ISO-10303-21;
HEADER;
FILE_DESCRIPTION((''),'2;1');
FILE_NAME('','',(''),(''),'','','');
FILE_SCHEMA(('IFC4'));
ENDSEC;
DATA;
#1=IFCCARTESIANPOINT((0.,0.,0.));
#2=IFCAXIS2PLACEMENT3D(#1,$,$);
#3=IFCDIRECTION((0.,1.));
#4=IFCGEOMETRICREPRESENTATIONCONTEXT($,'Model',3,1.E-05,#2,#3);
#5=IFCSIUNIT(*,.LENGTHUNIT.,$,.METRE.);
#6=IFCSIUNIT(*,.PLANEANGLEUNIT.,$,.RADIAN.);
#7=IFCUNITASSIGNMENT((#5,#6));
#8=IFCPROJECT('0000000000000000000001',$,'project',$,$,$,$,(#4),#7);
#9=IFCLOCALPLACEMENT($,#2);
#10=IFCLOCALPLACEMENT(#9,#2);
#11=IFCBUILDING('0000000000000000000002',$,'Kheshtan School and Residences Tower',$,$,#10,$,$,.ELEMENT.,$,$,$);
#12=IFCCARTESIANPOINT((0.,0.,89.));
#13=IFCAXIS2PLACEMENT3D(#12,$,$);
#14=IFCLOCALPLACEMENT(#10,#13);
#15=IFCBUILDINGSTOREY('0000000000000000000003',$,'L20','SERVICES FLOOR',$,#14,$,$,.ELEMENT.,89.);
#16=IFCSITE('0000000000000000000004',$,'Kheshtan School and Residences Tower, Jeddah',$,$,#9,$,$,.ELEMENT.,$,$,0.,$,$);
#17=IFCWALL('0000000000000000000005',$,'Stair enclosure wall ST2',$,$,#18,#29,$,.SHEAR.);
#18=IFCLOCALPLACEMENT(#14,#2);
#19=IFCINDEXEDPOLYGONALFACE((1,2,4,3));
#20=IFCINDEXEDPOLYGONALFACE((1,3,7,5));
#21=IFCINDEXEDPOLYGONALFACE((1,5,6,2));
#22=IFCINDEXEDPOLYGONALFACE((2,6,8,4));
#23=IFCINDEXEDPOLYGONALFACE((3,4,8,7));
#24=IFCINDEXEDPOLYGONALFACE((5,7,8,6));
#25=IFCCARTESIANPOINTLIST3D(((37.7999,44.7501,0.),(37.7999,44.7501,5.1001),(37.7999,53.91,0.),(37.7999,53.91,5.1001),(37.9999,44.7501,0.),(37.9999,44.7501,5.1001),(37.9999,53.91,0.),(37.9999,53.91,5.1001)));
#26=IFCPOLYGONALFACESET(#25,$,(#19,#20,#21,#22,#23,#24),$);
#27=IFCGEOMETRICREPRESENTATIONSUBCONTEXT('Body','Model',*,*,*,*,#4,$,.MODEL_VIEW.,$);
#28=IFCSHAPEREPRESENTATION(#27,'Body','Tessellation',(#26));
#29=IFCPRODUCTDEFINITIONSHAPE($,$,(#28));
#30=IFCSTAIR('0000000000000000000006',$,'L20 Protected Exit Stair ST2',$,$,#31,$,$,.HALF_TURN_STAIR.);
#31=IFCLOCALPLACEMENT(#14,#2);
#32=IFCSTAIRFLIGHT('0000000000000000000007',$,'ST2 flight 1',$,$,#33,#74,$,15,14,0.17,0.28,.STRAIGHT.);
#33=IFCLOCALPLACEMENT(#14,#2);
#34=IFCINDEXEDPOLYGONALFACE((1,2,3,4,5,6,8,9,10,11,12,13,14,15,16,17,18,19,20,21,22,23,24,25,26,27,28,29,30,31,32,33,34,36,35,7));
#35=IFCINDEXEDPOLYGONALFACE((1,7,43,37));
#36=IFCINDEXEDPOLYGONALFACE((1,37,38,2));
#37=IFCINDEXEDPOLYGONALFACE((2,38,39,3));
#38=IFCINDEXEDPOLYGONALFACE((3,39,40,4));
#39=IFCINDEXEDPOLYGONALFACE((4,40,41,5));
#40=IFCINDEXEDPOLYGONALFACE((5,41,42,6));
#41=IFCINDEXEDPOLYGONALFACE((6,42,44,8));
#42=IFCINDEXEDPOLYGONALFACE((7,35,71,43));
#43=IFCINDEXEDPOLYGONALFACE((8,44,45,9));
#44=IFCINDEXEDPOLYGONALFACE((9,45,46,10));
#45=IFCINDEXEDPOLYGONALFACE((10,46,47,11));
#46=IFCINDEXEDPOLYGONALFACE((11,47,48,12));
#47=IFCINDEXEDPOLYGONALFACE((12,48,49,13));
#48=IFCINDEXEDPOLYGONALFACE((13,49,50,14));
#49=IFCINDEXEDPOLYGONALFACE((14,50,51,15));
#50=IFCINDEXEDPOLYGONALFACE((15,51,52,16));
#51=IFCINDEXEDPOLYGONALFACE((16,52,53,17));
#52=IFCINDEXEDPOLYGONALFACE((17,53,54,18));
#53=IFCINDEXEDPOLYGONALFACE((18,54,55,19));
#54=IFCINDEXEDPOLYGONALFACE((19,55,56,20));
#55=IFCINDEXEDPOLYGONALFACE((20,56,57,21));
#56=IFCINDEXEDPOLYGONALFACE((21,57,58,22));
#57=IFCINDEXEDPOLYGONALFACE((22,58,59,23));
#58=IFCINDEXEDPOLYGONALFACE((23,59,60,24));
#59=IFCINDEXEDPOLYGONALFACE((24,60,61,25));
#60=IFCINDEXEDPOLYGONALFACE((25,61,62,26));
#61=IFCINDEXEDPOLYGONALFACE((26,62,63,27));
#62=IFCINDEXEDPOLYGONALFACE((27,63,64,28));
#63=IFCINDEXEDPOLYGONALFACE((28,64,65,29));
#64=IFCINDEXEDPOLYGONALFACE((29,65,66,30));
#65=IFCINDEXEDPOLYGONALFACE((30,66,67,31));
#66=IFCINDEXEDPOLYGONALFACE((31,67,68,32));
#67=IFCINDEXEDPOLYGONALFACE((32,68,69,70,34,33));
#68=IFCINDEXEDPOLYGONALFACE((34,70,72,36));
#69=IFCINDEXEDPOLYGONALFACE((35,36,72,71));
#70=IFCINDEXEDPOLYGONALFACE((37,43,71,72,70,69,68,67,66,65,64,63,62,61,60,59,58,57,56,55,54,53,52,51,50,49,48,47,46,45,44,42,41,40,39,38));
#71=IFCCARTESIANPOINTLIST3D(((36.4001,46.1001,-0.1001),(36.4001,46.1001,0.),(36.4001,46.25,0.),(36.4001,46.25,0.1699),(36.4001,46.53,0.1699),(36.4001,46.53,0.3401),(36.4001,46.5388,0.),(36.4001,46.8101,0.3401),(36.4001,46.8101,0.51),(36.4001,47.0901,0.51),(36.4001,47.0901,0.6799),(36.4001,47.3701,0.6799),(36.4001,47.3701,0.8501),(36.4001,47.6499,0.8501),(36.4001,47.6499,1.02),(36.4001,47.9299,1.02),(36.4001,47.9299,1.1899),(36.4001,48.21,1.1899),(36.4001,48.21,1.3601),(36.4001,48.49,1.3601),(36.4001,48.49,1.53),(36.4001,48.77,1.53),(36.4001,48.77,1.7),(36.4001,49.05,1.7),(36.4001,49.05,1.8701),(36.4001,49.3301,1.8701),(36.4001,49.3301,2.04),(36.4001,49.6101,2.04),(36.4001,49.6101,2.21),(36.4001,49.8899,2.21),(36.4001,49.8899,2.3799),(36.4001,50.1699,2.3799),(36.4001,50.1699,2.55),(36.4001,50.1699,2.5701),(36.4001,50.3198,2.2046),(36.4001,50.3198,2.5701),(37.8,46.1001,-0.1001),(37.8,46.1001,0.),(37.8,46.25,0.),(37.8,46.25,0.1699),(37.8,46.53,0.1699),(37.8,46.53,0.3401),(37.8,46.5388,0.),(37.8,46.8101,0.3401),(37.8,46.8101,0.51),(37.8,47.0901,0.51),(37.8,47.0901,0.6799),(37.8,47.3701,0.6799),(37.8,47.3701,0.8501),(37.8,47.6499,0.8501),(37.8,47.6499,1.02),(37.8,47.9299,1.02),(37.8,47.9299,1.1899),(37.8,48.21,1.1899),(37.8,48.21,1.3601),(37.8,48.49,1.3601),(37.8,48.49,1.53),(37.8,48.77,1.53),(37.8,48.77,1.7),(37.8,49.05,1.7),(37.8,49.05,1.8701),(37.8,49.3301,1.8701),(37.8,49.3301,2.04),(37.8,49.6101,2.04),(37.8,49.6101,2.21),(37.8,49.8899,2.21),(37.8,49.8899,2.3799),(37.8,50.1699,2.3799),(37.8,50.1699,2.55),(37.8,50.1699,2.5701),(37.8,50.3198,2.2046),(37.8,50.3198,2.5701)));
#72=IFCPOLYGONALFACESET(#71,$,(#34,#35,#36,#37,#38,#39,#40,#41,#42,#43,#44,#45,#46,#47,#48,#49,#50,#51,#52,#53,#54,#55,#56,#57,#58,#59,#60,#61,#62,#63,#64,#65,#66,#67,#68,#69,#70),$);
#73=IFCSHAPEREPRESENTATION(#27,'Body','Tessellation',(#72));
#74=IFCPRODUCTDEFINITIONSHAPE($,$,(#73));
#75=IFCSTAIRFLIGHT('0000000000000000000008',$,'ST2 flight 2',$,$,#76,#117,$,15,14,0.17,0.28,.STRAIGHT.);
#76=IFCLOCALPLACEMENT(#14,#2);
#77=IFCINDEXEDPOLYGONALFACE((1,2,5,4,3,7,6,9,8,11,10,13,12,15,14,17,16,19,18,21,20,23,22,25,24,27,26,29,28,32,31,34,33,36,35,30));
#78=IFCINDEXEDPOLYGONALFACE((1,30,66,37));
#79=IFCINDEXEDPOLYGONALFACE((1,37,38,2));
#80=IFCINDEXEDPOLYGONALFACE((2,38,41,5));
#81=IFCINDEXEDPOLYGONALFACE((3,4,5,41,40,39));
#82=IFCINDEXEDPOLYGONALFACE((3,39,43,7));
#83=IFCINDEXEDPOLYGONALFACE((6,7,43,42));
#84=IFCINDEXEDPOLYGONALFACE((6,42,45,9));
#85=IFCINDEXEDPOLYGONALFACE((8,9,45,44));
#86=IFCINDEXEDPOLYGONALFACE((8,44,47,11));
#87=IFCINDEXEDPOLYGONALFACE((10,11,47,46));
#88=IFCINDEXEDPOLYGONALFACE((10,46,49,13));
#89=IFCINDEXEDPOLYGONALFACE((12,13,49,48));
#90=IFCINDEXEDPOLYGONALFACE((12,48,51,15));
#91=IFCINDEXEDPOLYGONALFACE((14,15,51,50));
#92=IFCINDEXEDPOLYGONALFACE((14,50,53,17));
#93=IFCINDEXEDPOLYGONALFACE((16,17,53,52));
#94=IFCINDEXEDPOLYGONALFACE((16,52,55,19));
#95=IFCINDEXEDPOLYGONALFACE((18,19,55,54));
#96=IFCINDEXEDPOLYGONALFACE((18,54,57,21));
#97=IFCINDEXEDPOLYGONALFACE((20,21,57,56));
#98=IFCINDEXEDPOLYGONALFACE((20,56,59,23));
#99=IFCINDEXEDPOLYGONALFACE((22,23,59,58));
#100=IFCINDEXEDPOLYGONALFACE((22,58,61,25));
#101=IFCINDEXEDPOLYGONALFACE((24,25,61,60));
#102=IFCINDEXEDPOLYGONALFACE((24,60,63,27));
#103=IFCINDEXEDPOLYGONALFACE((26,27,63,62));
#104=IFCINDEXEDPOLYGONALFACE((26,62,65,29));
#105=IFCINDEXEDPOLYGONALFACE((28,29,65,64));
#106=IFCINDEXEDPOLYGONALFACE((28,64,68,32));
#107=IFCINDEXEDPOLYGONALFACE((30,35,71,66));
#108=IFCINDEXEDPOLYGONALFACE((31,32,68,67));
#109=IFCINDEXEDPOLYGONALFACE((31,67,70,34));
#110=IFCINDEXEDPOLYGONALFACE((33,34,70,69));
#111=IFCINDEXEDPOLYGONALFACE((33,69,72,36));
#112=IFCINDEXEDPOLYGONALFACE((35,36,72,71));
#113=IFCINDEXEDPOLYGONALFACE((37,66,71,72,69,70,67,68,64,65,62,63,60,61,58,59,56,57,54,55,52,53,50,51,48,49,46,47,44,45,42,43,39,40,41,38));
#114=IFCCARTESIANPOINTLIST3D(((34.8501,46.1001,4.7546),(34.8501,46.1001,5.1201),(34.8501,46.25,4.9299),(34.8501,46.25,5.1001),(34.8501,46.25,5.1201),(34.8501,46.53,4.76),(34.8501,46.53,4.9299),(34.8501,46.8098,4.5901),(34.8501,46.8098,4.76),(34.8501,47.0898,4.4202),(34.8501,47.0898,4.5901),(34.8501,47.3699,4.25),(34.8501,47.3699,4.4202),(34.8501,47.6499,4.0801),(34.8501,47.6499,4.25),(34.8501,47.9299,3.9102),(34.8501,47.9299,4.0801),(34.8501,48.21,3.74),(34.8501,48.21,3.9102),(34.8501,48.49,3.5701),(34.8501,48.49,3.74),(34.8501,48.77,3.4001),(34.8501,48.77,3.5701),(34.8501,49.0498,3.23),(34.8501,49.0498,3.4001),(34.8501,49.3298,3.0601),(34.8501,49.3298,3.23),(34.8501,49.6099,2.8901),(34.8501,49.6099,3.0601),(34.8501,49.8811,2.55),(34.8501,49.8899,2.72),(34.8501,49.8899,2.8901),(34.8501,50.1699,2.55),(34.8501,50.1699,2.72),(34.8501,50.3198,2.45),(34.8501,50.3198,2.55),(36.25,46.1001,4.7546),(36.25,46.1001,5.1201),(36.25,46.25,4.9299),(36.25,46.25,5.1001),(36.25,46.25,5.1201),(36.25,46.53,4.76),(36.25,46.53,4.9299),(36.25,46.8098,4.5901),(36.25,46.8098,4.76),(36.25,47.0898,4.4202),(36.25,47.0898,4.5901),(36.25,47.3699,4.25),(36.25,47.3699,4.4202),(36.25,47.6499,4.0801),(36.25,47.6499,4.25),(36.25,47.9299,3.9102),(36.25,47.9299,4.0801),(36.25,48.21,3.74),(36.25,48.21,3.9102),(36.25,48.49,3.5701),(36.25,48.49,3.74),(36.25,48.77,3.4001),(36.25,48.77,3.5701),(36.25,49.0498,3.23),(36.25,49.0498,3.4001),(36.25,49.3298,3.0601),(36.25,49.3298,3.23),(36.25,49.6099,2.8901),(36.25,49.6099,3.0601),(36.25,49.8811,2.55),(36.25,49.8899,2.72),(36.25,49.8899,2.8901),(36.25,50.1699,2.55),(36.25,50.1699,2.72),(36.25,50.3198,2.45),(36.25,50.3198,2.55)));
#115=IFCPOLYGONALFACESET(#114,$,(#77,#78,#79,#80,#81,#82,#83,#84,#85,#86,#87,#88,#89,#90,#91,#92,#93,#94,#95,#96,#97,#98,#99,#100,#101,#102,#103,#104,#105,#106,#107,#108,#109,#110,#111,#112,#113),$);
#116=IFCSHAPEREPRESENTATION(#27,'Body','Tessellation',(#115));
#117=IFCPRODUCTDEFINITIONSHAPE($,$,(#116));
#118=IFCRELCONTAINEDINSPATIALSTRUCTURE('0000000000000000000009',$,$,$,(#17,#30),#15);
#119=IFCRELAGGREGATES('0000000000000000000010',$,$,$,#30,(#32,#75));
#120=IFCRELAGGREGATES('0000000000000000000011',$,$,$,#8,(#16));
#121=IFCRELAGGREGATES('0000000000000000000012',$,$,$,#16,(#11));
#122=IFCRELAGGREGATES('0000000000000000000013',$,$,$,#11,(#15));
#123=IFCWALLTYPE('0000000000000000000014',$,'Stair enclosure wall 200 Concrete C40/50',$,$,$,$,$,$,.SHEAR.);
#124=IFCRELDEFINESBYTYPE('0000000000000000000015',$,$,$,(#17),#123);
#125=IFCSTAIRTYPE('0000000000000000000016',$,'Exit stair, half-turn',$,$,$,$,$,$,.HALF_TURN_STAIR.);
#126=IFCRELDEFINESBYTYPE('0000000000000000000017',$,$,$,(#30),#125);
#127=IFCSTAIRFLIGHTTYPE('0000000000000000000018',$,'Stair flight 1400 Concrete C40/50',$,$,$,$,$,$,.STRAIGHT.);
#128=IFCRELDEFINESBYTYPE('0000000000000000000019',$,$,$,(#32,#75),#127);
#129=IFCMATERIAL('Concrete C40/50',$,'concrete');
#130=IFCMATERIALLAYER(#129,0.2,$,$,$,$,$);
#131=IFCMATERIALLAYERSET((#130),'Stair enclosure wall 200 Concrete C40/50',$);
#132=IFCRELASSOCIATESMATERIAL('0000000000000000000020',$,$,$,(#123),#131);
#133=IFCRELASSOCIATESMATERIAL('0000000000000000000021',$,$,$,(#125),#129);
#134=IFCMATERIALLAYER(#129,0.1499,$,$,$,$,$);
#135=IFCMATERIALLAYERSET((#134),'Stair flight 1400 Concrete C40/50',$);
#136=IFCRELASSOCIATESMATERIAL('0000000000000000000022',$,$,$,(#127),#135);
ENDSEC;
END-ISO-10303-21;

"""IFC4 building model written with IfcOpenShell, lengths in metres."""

from ifc_helpers import new_model, si_unit, direction, frame, frame_2d, origin, place, context, subcontext, project, spatial, polyline, rectangle, outline, extrude, material, layer, layer_set, type_object, element, aggregate, save


model = new_model("IFC4")

# Units and contexts
model_context = context("Model", 3, precision=1e-05, world=origin(), true_north=direction((0.0, 1.0)))
body_context = subcontext(model_context, "Body", "Model", "MODEL_VIEW")
ifc_project = project(units=[si_unit("LENGTHUNIT", "METRE"), si_unit("PLANEANGLEUNIT", "RADIAN")], contexts=[model_context])

# Site, building, storey
site_placement = place(None, origin())
site = spatial("IfcSite", under=ifc_project, at=site_placement, Name="Kheshtan School and Residences Tower, Jeddah", CompositionType="ELEMENT", RefElevation=0.0)
building_placement = place(site_placement, origin())
building = spatial("IfcBuilding", under=site, at=building_placement, Name="Kheshtan School and Residences Tower", CompositionType="ELEMENT")
storey_placement = place(building_placement, frame((0.0, 0.0, 89.0)))
storey = spatial("IfcBuildingStorey", under=building, at=storey_placement, Name="L20", Description="SERVICES FLOOR", CompositionType="ELEMENT", Elevation=89.0)

# Wall
ifc_material_1 = material(Name="Concrete C40/50", Category="concrete")
ifc_layer_1 = layer(ifc_material_1, 0.2)
ifc_layer_set_1 = layer_set([ifc_layer_1], Name="Stair enclosure wall 200 Concrete C40/50")
wall_type_1 = type_object("IfcWallType", Name="Stair enclosure wall 200 Concrete C40/50", PredefinedType="SHEAR", material=ifc_layer_set_1)
wall_1_placement = place(storey_placement, frame((37.8999, 44.75, 0.0), z_axis=(0.0, 0.0, 1.0), x_axis=(0.0, 1.0, 0.0)))
element("IfcWall", 1, at=wall_1_placement, inside=storey, type_object=wall_type_1, Name="Stair enclosure wall ST2", PredefinedType="SHEAR", context=body_context, shape_type="SweptSolid", body=[
    extrude(rectangle(XDim=9.1599, YDim=0.2, at=frame_2d((4.5801, 0.0))), origin(), (0.0, 0.0, 1.0), 5.1001),
])

# Stair, stair flights
stair_type = type_object("IfcStairType", Name="Exit stair, half-turn", PredefinedType="HALF_TURN_STAIR", material=ifc_material_1)
stair_placement = place(storey_placement, origin())
stair = element("IfcStair", 2, at=stair_placement, inside=storey, type_object=stair_type, Name="L20 Protected Exit Stair ST2", PredefinedType="HALF_TURN_STAIR")
ifc_layer_2 = layer(ifc_material_1, 0.1499)
ifc_layer_set_2 = layer_set([ifc_layer_2], Name="Stair flight 1400 Concrete C40/50")
stair_flight_type = type_object("IfcStairFlightType", Name="Stair flight 1400 Concrete C40/50", PredefinedType="STRAIGHT", material=ifc_layer_set_2)
stair_flight_1_placement = place(storey_placement, frame((37.1001, 46.25, 0.0), z_axis=(0.0, 0.0, 1.0), x_axis=(0.0, 1.0, 0.0)))
stair_flight_1 = element("IfcStairFlight", 3, at=stair_flight_1_placement, type_object=stair_flight_type, Name="ST2 flight 1", NumberOfRisers=15, NumberOfTreads=14, PredefinedType="STRAIGHT", RiserHeight=0.17, TreadLength=0.28, context=body_context, shape_type="SweptSolid", body=[
    extrude(outline(polyline([(-0.1499, -0.1001), (-0.1499, 0.0), (0.0, 0.0), (0.0, 0.1699), (0.28, 0.1699), (0.28, 0.3401), (0.5601, 0.3401), (0.5601, 0.51), (0.8401, 0.51), (0.8401, 0.6799), (1.1201, 0.6799), (1.1201, 0.8501), (1.3999, 0.8501), (1.3999, 1.02), (1.6799, 1.02), (1.6799, 1.1899), (1.96, 1.1899), (1.96, 1.3601), (2.24, 1.3601), (2.24, 1.53), (2.52, 1.53), (2.52, 1.7), (2.8, 1.7), (2.8, 1.8701), (3.0801, 1.8701), (3.0801, 2.04), (3.3601, 2.04), (3.3601, 2.21), (3.6399, 2.21), (3.6399, 2.3799), (3.9199, 2.3799), (3.9199, 2.55), (3.9199, 2.5701), (4.0698, 2.5701), (4.0698, 2.2046), (0.2888, 0.0), (-0.1499, -0.1001)])), frame((0.0, 0.7, 0.0), z_axis=(0.0, -1.0, 0.0), x_axis=(1.0, 0.0, 0.0)), (0.0, 0.0, 1.0), 1.3999),
])
stair_flight_2_placement = place(storey_placement, frame((35.55, 50.1699, 2.55), z_axis=(0.0, 0.0, 1.0), x_axis=(0.0, -1.0, 0.0)))
stair_flight_2 = element("IfcStairFlight", 4, at=stair_flight_2_placement, type_object=stair_flight_type, Name="ST2 flight 2", NumberOfRisers=15, NumberOfTreads=14, PredefinedType="STRAIGHT", RiserHeight=0.17, TreadLength=0.28, context=body_context, shape_type="SweptSolid", body=[
    extrude(outline(polyline([(-0.1499, -0.1001), (-0.1499, 0.0), (0.0, 0.0), (0.0, 0.1699), (0.28, 0.1699), (0.28, 0.3401), (0.5601, 0.3401), (0.5601, 0.51), (0.8401, 0.51), (0.8401, 0.6799), (1.1201, 0.6799), (1.1201, 0.8501), (1.3999, 0.8501), (1.3999, 1.02), (1.6799, 1.02), (1.6799, 1.1899), (1.96, 1.1899), (1.96, 1.3601), (2.24, 1.3601), (2.24, 1.53), (2.52, 1.53), (2.52, 1.7), (2.8, 1.7), (2.8, 1.8701), (3.0801, 1.8701), (3.0801, 2.04), (3.3601, 2.04), (3.3601, 2.21), (3.6399, 2.21), (3.6399, 2.3799), (3.9199, 2.3799), (3.9199, 2.55), (3.9199, 2.5701), (4.0698, 2.5701), (4.0698, 2.2046), (0.2888, 0.0), (-0.1499, -0.1001)])), frame((0.0, 0.7, 0.0), z_axis=(0.0, -1.0, 0.0), x_axis=(1.0, 0.0, 0.0)), (0.0, 0.0, 1.0), 1.3999),
])
aggregate(stair, [stair_flight_1, stair_flight_2])

save(model, "model.ifc")
